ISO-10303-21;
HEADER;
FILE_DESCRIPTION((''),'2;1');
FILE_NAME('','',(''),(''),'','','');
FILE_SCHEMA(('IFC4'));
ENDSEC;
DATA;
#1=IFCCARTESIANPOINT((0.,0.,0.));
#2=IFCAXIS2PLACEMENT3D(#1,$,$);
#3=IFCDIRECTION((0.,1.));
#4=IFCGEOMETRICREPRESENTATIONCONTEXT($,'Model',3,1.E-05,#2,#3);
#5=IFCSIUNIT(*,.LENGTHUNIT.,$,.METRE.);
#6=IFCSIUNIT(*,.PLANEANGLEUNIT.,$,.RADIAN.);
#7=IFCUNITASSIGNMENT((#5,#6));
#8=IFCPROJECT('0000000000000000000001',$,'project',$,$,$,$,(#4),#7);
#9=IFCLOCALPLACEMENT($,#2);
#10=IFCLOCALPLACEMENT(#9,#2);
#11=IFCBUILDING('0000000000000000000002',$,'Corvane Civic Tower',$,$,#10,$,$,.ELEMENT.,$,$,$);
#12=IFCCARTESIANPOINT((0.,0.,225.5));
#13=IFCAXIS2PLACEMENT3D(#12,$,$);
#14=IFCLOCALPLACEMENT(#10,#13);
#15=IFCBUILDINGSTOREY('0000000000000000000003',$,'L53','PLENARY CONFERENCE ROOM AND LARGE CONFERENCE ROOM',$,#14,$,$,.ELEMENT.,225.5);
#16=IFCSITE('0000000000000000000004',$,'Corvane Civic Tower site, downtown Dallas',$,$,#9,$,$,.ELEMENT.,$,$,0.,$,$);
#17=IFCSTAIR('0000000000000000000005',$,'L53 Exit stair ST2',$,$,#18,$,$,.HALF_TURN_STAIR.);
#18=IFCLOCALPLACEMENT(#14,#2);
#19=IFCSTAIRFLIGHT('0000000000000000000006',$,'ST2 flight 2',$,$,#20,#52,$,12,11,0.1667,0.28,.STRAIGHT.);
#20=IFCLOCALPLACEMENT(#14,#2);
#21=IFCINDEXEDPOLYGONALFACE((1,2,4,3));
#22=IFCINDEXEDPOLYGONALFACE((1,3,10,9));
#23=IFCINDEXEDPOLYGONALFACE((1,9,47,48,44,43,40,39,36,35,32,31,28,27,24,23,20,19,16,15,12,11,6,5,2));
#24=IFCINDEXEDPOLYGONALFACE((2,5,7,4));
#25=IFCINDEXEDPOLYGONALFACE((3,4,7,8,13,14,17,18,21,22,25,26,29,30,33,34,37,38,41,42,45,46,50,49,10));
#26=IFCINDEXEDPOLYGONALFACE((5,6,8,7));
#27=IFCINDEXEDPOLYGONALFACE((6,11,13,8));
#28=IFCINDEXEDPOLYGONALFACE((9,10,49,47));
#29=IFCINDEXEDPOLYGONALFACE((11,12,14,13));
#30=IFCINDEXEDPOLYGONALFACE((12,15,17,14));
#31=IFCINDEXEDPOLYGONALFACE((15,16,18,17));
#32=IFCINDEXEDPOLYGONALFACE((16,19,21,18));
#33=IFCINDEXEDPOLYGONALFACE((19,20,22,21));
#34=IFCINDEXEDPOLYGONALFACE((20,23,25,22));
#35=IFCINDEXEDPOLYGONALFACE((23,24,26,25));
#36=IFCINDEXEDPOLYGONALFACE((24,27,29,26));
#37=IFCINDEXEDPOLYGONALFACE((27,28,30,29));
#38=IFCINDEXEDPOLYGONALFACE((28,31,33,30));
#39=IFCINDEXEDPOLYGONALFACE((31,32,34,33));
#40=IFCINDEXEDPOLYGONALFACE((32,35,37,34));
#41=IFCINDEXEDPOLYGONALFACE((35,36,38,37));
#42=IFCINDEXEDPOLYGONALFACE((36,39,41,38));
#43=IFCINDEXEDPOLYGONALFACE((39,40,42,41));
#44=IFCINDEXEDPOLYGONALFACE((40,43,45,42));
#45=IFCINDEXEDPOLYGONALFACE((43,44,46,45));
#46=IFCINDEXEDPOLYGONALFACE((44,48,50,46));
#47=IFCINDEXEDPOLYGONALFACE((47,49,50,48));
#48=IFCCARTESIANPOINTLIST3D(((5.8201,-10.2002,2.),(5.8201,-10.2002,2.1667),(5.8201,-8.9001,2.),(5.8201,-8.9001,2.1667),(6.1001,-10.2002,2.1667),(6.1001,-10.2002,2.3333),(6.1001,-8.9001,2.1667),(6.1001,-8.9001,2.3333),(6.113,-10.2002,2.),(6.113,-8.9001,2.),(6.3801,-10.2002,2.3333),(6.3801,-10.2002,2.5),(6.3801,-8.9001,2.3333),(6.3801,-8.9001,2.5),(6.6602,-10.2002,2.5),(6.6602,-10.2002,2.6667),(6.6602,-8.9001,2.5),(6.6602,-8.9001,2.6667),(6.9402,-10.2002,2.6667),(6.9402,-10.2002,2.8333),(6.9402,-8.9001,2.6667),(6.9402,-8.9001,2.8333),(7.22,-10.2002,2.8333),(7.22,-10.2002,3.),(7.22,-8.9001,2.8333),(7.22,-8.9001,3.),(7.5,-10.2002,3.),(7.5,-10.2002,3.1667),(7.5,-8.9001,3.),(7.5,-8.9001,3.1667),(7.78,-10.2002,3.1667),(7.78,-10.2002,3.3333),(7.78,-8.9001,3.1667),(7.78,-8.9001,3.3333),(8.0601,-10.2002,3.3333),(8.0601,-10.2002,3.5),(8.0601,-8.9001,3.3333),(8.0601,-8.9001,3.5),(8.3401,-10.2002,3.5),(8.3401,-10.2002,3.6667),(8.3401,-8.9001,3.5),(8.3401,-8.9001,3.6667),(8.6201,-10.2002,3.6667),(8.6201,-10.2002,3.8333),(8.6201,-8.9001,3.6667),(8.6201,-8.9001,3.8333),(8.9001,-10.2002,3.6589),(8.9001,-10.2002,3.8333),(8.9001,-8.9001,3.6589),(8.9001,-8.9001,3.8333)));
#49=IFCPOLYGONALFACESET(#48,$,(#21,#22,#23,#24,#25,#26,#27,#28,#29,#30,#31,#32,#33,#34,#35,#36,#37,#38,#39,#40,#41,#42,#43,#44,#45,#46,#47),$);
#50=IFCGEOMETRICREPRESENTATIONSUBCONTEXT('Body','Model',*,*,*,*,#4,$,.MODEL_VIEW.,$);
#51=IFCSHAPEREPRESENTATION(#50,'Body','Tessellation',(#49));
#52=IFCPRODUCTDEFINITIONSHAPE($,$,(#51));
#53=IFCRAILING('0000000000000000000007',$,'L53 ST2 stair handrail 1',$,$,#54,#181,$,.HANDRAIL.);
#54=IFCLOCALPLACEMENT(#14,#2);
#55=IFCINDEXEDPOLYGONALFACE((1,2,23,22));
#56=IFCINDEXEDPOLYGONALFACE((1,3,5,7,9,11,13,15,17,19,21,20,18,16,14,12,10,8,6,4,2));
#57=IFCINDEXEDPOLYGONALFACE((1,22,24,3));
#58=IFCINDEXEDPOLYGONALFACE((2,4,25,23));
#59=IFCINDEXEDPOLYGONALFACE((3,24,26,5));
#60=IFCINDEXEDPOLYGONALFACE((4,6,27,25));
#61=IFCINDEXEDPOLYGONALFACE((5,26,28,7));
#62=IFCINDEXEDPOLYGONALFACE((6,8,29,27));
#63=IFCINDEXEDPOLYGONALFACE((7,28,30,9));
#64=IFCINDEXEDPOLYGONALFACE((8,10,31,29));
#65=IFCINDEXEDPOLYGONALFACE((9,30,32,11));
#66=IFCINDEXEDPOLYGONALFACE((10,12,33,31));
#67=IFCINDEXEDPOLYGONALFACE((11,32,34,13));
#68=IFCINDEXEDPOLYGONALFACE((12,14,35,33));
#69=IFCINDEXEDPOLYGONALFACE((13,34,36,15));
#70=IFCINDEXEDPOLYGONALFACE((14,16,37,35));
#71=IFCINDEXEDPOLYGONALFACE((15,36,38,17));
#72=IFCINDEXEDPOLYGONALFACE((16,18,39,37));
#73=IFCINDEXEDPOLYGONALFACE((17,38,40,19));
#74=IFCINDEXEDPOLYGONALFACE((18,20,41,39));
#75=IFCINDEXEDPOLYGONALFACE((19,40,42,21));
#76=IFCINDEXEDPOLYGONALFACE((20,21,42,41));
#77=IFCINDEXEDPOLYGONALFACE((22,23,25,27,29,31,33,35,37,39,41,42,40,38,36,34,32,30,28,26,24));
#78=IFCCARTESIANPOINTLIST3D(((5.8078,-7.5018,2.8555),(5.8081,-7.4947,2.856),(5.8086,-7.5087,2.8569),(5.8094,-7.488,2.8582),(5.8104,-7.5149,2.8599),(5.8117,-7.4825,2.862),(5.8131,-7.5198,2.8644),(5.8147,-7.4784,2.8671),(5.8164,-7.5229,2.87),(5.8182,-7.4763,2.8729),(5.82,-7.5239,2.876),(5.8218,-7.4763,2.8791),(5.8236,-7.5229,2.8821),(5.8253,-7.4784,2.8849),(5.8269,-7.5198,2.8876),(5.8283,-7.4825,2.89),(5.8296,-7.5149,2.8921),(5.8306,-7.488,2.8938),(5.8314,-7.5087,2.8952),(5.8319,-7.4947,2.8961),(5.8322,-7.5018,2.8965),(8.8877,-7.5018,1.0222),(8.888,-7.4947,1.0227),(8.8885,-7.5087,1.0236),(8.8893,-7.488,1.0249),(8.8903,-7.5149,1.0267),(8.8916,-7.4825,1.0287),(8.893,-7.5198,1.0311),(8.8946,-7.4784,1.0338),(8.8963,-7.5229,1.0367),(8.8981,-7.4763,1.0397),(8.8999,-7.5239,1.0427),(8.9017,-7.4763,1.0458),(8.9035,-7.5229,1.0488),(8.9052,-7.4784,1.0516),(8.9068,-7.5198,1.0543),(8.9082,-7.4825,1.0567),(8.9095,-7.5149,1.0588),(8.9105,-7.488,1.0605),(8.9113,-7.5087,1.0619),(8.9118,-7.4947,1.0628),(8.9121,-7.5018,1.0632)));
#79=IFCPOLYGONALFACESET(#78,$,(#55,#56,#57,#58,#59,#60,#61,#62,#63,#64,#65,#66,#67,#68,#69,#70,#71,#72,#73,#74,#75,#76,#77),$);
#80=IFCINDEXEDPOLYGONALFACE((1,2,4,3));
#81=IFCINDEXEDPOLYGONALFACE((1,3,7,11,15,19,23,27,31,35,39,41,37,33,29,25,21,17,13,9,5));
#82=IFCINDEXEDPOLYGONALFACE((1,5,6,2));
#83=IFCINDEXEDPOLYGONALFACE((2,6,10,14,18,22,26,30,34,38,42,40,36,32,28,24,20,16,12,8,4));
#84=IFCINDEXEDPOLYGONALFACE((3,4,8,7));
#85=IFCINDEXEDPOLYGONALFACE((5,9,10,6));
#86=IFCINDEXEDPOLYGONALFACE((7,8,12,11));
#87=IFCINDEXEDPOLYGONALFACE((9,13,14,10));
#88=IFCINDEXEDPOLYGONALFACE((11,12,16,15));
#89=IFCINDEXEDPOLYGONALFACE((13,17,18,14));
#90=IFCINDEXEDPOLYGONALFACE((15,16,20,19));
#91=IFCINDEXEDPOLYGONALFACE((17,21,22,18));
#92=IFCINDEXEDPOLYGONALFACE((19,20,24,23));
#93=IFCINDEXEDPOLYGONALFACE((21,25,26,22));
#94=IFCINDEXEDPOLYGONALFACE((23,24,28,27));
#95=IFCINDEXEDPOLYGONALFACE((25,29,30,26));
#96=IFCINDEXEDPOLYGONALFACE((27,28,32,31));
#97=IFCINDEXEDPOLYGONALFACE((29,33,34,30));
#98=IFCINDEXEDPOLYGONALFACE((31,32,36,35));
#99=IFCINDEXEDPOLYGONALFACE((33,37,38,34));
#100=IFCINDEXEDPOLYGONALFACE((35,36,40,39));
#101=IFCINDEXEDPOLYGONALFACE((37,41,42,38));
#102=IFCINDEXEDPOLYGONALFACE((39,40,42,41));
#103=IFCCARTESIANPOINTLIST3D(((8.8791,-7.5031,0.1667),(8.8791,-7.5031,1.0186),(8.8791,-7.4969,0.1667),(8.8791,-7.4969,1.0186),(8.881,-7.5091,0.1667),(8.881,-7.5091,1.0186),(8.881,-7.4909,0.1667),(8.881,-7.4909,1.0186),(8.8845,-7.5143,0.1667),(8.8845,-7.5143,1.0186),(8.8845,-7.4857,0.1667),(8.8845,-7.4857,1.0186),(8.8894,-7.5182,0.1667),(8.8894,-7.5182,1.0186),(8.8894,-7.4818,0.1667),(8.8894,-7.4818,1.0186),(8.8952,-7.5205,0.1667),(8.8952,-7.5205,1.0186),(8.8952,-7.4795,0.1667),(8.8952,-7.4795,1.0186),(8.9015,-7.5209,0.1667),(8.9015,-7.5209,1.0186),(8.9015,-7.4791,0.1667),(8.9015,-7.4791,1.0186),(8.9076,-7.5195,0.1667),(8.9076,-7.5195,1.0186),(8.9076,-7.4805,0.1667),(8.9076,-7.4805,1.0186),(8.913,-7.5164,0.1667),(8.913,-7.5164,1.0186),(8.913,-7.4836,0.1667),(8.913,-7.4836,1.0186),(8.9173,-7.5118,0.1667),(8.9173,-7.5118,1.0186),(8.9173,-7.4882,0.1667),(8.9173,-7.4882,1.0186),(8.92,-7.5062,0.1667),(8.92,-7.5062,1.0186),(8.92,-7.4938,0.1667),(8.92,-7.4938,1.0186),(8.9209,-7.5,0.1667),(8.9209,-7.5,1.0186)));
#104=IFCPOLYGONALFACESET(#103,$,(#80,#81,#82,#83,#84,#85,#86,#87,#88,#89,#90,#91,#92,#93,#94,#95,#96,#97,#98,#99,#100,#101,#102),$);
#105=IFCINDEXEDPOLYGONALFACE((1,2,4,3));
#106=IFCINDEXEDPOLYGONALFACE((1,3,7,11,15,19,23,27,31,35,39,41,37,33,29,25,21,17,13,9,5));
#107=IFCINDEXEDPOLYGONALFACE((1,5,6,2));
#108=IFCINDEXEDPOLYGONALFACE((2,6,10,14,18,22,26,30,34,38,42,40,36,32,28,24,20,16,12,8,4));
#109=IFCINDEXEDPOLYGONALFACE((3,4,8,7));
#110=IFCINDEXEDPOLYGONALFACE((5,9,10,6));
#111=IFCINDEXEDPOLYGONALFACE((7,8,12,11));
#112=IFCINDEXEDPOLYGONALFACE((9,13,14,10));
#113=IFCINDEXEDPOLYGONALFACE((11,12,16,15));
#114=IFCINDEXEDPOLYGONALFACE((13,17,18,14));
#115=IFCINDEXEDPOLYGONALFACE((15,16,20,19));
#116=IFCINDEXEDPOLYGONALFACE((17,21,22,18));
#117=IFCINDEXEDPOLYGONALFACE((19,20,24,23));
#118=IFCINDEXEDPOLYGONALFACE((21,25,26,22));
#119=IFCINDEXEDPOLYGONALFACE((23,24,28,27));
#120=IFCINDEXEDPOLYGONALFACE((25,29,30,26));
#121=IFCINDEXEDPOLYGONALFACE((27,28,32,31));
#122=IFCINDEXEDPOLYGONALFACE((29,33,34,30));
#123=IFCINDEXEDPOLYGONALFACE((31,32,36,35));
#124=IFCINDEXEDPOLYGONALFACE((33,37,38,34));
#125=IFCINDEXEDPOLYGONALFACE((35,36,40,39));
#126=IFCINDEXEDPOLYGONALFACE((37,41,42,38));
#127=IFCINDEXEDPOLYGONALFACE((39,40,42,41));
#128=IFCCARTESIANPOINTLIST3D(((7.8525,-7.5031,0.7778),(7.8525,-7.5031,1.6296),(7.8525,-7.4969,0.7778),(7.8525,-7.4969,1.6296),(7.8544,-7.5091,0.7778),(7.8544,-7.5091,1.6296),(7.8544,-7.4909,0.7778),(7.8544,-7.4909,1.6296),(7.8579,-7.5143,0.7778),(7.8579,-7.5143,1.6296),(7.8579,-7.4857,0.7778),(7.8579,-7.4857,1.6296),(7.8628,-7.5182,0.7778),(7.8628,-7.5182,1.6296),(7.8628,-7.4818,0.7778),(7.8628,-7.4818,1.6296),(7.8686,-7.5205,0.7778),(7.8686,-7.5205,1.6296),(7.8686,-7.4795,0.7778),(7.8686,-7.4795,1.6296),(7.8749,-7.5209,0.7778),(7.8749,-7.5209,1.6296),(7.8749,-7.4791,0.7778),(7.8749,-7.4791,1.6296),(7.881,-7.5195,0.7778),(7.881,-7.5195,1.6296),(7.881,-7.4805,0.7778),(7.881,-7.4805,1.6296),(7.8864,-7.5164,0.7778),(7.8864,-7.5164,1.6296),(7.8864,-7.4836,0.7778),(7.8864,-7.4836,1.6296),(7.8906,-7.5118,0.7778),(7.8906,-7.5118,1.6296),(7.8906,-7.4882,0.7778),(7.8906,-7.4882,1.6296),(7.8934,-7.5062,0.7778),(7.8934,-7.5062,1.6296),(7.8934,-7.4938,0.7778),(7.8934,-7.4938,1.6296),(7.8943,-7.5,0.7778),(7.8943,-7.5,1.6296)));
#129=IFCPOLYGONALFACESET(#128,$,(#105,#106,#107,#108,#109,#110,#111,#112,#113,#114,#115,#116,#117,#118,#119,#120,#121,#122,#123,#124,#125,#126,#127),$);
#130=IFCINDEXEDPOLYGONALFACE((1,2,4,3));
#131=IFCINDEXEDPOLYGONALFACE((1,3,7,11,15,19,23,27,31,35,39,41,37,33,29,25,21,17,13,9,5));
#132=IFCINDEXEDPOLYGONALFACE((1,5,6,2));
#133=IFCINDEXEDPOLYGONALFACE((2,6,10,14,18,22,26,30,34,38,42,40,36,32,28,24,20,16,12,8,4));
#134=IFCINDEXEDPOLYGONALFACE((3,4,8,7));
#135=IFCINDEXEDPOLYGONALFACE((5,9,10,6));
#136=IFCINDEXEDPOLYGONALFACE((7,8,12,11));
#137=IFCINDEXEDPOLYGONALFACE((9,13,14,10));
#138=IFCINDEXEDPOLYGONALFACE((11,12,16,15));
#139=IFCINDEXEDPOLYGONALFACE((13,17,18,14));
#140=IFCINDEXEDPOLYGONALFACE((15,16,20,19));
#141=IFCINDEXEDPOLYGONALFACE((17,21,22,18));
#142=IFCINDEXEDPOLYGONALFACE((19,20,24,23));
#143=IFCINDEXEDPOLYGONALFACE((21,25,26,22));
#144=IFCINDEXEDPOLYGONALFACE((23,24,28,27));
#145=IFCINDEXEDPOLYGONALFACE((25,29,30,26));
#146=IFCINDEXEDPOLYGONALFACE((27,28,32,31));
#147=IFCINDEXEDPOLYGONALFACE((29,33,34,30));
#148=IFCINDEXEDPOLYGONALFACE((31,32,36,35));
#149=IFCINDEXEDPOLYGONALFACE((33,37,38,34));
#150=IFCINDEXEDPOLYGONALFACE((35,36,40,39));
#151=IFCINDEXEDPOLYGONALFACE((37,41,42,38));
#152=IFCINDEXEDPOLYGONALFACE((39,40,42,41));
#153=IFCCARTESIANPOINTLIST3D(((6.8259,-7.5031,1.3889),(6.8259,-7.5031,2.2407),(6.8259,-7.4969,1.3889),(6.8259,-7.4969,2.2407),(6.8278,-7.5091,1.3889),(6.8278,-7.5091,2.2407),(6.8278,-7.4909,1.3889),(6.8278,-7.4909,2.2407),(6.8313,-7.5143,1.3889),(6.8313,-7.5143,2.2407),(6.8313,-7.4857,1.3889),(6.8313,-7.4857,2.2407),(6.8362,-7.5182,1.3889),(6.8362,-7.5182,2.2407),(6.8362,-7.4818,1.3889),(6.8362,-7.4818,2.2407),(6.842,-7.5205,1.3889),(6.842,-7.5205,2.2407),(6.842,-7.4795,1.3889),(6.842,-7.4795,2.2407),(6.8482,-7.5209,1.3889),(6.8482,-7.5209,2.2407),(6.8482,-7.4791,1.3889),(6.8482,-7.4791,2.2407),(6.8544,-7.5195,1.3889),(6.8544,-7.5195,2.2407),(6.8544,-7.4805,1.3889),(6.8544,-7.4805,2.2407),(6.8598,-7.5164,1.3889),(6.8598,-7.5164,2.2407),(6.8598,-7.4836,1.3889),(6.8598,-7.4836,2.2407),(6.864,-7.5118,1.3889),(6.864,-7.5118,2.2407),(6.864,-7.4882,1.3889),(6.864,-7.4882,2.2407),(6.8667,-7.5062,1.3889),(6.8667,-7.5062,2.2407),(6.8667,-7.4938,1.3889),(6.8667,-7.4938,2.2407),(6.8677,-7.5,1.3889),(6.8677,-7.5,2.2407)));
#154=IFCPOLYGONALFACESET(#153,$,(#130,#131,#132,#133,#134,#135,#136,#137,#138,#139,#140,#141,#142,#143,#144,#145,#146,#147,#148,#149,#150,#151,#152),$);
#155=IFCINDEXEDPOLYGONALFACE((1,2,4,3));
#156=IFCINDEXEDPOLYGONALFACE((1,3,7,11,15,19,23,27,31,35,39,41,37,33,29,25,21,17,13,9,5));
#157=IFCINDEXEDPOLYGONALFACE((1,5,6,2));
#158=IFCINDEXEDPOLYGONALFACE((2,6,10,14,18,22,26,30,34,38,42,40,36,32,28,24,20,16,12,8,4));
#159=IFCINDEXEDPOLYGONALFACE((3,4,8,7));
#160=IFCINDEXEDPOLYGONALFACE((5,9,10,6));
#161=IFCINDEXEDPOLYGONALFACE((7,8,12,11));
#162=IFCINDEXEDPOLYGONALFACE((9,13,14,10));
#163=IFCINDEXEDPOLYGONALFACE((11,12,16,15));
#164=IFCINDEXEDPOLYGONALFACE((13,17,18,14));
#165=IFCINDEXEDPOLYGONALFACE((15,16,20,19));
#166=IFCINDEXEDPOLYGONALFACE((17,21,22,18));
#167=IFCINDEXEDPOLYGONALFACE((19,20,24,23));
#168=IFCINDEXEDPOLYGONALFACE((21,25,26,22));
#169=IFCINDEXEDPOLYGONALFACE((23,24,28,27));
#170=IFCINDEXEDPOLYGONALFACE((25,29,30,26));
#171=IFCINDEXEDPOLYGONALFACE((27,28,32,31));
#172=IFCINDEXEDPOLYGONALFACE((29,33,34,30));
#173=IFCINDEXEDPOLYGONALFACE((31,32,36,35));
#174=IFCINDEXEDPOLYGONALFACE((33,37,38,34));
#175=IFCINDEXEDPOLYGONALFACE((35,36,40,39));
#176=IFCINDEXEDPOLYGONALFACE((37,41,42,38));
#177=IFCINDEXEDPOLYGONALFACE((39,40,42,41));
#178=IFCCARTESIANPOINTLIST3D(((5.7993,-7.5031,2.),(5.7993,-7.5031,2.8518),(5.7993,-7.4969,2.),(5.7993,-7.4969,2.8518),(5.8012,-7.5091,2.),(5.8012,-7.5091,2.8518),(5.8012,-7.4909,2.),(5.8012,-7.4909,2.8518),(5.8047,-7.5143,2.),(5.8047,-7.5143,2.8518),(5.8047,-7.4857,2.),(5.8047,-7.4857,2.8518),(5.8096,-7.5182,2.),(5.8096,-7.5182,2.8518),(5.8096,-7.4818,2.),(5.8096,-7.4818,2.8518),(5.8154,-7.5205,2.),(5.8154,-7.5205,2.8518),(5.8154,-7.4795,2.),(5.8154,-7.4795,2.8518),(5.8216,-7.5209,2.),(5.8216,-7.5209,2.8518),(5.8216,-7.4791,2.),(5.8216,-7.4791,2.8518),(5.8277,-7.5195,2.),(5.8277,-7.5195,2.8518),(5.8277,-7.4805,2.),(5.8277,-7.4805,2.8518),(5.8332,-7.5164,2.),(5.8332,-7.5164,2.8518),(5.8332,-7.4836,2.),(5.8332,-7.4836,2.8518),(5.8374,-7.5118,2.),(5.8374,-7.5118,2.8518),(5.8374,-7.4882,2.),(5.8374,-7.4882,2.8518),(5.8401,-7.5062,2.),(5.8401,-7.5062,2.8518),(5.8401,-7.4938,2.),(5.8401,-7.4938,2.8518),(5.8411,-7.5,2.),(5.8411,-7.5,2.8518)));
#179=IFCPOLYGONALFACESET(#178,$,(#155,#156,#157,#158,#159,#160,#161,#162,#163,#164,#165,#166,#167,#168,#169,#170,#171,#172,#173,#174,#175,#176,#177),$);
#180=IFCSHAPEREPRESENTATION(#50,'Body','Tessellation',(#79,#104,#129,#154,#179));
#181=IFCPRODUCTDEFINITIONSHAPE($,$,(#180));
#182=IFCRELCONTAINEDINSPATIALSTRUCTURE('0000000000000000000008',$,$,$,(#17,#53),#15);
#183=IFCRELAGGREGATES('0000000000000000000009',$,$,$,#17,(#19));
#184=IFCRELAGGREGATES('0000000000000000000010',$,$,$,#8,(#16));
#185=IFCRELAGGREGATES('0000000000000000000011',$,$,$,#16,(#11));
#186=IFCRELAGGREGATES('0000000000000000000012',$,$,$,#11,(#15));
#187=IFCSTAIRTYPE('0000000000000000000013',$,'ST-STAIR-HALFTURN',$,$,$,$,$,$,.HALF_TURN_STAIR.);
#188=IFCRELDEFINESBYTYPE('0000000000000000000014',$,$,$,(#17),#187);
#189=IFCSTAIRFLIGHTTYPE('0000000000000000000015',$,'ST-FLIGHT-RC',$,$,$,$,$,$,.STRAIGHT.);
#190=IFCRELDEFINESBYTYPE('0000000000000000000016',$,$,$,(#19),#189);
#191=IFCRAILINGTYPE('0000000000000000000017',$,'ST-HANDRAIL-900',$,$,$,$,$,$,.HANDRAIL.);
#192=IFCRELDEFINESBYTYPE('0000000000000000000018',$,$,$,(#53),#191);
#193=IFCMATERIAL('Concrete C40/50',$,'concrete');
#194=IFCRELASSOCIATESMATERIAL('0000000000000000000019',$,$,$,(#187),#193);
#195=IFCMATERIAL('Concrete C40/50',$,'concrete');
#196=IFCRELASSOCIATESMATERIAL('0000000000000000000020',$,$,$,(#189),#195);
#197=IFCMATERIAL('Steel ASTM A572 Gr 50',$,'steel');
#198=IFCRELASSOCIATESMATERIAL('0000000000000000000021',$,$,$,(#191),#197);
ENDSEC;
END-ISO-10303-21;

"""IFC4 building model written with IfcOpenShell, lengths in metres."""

from ifc_helpers import new_model, si_unit, direction, frame, origin, origin_2d, place, context, subcontext, project, spatial, polyline, circle, outline, extrude, material, type_object, element, aggregate, save


model = new_model("IFC4")

# Units and contexts
model_context = context("Model", 3, precision=1e-05, world=origin(), true_north=direction((0.0, 1.0)))
body_context = subcontext(model_context, "Body", "Model", "MODEL_VIEW")
ifc_project = project(units=[si_unit("LENGTHUNIT", "METRE"), si_unit("PLANEANGLEUNIT", "RADIAN")], contexts=[model_context])

# Site, building, storey
site_placement = place(None, origin())
site = spatial("IfcSite", under=ifc_project, at=site_placement, Name="Corvane Civic Tower site, downtown Dallas", CompositionType="ELEMENT", RefElevation=0.0)
building_placement = place(site_placement, origin())
building = spatial("IfcBuilding", under=site, at=building_placement, Name="Corvane Civic Tower", CompositionType="ELEMENT")
storey_placement = place(building_placement, frame((0.0, 0.0, 225.5)))
storey = spatial("IfcBuildingStorey", under=building, at=storey_placement, Name="L53", Description="PLENARY CONFERENCE ROOM AND LARGE CONFERENCE ROOM", CompositionType="ELEMENT", Elevation=225.5)

# Stair, stair flight
ifc_material_1 = material(Name="Concrete C40/50", Category="concrete")
stair_type = type_object("IfcStairType", Name="ST-STAIR-HALFTURN", PredefinedType="HALF_TURN_STAIR", material=ifc_material_1)
stair_placement = place(storey_placement, origin())
stair = element("IfcStair", 1, at=stair_placement, inside=storey, type_object=stair_type, Name="L53 Exit stair ST2", PredefinedType="HALF_TURN_STAIR")
ifc_material_2 = material(Name="Concrete C40/50", Category="concrete")
stair_flight_type = type_object("IfcStairFlightType", Name="ST-FLIGHT-RC", PredefinedType="STRAIGHT", material=ifc_material_2)
stair_flight_1_placement = place(storey_placement, frame((5.8201, -9.55, 2.0), z_axis=(0.0, 0.0, 1.0), x_axis=(1.0, 0.0, 0.0)))
stair_flight_1 = element("IfcStairFlight", 2, at=stair_flight_1_placement, type_object=stair_flight_type, Name="ST2 flight 2", NumberOfRisers=12, NumberOfTreads=11, PredefinedType="STRAIGHT", RiserHeight=0.1667, TreadLength=0.28, context=body_context, shape_type="SweptSolid", body=[
    extrude(outline(polyline([(0.0, 0.0), (0.0, 0.1667), (0.28, 0.1667), (0.28, 0.3333), (0.5601, 0.3333), (0.5601, 0.5), (0.8401, 0.5), (0.8401, 0.6667), (1.1201, 0.6667), (1.1201, 0.8333), (1.3999, 0.8333), (1.3999, 1.0), (1.6799, 1.0), (1.6799, 1.1667), (1.96, 1.1667), (1.96, 1.3333), (2.24, 1.3333), (2.24, 1.5), (2.52, 1.5), (2.52, 1.6667), (2.8, 1.6667), (2.8, 1.8333), (3.0801, 1.8333), (3.0801, 2.0), (3.0801, 1.6589), (0.293, 0.0), (0.0, 0.0)])), frame((0.0, 0.6499, 0.0), z_axis=(0.0, -1.0, 0.0), x_axis=(1.0, 0.0, 0.0)), (0.0, 0.0, 1.0), 1.3),
])
aggregate(stair, [stair_flight_1])

# Railing
ifc_material_3 = material(Name="Steel ASTM A572 Gr 50", Category="steel")
railing_type_1 = type_object("IfcRailingType", Name="ST-HANDRAIL-900", PredefinedType="HANDRAIL", material=ifc_material_3)
railing_1_placement = place(storey_placement, frame((8.8999, -7.5, 0.1667)))
element("IfcRailing", 3, at=railing_1_placement, inside=storey, type_object=railing_type_1, Name="L53 ST2 stair handrail 1", PredefinedType="HANDRAIL", context=body_context, shape_type="SweptSolid", body=[
    extrude(circle(Radius=0.0239, at=origin_2d()), frame((0.0, 0.0, 0.876), z_axis=(-0.859291, 0.0, 0.511487), x_axis=(0.0, -1.0, 0.0)), (0.0, 0.0, 1.0), 3.5842),
    extrude(circle(Radius=0.021, at=origin_2d()), origin(), (0.0, 0.0, 1.0), 0.8518),
    extrude(circle(Radius=0.021, at=origin_2d()), frame((-1.0266, 0.0, 0.6111)), (0.0, 0.0, 1.0), 0.8518),
    extrude(circle(Radius=0.021, at=origin_2d()), frame((-2.0532, 0.0, 1.2222)), (0.0, 0.0, 1.0), 0.8518),
    extrude(circle(Radius=0.021, at=origin_2d()), frame((-3.0798, 0.0, 1.8333)), (0.0, 0.0, 1.0), 0.8518),
])

save(model, "model.ifc")
